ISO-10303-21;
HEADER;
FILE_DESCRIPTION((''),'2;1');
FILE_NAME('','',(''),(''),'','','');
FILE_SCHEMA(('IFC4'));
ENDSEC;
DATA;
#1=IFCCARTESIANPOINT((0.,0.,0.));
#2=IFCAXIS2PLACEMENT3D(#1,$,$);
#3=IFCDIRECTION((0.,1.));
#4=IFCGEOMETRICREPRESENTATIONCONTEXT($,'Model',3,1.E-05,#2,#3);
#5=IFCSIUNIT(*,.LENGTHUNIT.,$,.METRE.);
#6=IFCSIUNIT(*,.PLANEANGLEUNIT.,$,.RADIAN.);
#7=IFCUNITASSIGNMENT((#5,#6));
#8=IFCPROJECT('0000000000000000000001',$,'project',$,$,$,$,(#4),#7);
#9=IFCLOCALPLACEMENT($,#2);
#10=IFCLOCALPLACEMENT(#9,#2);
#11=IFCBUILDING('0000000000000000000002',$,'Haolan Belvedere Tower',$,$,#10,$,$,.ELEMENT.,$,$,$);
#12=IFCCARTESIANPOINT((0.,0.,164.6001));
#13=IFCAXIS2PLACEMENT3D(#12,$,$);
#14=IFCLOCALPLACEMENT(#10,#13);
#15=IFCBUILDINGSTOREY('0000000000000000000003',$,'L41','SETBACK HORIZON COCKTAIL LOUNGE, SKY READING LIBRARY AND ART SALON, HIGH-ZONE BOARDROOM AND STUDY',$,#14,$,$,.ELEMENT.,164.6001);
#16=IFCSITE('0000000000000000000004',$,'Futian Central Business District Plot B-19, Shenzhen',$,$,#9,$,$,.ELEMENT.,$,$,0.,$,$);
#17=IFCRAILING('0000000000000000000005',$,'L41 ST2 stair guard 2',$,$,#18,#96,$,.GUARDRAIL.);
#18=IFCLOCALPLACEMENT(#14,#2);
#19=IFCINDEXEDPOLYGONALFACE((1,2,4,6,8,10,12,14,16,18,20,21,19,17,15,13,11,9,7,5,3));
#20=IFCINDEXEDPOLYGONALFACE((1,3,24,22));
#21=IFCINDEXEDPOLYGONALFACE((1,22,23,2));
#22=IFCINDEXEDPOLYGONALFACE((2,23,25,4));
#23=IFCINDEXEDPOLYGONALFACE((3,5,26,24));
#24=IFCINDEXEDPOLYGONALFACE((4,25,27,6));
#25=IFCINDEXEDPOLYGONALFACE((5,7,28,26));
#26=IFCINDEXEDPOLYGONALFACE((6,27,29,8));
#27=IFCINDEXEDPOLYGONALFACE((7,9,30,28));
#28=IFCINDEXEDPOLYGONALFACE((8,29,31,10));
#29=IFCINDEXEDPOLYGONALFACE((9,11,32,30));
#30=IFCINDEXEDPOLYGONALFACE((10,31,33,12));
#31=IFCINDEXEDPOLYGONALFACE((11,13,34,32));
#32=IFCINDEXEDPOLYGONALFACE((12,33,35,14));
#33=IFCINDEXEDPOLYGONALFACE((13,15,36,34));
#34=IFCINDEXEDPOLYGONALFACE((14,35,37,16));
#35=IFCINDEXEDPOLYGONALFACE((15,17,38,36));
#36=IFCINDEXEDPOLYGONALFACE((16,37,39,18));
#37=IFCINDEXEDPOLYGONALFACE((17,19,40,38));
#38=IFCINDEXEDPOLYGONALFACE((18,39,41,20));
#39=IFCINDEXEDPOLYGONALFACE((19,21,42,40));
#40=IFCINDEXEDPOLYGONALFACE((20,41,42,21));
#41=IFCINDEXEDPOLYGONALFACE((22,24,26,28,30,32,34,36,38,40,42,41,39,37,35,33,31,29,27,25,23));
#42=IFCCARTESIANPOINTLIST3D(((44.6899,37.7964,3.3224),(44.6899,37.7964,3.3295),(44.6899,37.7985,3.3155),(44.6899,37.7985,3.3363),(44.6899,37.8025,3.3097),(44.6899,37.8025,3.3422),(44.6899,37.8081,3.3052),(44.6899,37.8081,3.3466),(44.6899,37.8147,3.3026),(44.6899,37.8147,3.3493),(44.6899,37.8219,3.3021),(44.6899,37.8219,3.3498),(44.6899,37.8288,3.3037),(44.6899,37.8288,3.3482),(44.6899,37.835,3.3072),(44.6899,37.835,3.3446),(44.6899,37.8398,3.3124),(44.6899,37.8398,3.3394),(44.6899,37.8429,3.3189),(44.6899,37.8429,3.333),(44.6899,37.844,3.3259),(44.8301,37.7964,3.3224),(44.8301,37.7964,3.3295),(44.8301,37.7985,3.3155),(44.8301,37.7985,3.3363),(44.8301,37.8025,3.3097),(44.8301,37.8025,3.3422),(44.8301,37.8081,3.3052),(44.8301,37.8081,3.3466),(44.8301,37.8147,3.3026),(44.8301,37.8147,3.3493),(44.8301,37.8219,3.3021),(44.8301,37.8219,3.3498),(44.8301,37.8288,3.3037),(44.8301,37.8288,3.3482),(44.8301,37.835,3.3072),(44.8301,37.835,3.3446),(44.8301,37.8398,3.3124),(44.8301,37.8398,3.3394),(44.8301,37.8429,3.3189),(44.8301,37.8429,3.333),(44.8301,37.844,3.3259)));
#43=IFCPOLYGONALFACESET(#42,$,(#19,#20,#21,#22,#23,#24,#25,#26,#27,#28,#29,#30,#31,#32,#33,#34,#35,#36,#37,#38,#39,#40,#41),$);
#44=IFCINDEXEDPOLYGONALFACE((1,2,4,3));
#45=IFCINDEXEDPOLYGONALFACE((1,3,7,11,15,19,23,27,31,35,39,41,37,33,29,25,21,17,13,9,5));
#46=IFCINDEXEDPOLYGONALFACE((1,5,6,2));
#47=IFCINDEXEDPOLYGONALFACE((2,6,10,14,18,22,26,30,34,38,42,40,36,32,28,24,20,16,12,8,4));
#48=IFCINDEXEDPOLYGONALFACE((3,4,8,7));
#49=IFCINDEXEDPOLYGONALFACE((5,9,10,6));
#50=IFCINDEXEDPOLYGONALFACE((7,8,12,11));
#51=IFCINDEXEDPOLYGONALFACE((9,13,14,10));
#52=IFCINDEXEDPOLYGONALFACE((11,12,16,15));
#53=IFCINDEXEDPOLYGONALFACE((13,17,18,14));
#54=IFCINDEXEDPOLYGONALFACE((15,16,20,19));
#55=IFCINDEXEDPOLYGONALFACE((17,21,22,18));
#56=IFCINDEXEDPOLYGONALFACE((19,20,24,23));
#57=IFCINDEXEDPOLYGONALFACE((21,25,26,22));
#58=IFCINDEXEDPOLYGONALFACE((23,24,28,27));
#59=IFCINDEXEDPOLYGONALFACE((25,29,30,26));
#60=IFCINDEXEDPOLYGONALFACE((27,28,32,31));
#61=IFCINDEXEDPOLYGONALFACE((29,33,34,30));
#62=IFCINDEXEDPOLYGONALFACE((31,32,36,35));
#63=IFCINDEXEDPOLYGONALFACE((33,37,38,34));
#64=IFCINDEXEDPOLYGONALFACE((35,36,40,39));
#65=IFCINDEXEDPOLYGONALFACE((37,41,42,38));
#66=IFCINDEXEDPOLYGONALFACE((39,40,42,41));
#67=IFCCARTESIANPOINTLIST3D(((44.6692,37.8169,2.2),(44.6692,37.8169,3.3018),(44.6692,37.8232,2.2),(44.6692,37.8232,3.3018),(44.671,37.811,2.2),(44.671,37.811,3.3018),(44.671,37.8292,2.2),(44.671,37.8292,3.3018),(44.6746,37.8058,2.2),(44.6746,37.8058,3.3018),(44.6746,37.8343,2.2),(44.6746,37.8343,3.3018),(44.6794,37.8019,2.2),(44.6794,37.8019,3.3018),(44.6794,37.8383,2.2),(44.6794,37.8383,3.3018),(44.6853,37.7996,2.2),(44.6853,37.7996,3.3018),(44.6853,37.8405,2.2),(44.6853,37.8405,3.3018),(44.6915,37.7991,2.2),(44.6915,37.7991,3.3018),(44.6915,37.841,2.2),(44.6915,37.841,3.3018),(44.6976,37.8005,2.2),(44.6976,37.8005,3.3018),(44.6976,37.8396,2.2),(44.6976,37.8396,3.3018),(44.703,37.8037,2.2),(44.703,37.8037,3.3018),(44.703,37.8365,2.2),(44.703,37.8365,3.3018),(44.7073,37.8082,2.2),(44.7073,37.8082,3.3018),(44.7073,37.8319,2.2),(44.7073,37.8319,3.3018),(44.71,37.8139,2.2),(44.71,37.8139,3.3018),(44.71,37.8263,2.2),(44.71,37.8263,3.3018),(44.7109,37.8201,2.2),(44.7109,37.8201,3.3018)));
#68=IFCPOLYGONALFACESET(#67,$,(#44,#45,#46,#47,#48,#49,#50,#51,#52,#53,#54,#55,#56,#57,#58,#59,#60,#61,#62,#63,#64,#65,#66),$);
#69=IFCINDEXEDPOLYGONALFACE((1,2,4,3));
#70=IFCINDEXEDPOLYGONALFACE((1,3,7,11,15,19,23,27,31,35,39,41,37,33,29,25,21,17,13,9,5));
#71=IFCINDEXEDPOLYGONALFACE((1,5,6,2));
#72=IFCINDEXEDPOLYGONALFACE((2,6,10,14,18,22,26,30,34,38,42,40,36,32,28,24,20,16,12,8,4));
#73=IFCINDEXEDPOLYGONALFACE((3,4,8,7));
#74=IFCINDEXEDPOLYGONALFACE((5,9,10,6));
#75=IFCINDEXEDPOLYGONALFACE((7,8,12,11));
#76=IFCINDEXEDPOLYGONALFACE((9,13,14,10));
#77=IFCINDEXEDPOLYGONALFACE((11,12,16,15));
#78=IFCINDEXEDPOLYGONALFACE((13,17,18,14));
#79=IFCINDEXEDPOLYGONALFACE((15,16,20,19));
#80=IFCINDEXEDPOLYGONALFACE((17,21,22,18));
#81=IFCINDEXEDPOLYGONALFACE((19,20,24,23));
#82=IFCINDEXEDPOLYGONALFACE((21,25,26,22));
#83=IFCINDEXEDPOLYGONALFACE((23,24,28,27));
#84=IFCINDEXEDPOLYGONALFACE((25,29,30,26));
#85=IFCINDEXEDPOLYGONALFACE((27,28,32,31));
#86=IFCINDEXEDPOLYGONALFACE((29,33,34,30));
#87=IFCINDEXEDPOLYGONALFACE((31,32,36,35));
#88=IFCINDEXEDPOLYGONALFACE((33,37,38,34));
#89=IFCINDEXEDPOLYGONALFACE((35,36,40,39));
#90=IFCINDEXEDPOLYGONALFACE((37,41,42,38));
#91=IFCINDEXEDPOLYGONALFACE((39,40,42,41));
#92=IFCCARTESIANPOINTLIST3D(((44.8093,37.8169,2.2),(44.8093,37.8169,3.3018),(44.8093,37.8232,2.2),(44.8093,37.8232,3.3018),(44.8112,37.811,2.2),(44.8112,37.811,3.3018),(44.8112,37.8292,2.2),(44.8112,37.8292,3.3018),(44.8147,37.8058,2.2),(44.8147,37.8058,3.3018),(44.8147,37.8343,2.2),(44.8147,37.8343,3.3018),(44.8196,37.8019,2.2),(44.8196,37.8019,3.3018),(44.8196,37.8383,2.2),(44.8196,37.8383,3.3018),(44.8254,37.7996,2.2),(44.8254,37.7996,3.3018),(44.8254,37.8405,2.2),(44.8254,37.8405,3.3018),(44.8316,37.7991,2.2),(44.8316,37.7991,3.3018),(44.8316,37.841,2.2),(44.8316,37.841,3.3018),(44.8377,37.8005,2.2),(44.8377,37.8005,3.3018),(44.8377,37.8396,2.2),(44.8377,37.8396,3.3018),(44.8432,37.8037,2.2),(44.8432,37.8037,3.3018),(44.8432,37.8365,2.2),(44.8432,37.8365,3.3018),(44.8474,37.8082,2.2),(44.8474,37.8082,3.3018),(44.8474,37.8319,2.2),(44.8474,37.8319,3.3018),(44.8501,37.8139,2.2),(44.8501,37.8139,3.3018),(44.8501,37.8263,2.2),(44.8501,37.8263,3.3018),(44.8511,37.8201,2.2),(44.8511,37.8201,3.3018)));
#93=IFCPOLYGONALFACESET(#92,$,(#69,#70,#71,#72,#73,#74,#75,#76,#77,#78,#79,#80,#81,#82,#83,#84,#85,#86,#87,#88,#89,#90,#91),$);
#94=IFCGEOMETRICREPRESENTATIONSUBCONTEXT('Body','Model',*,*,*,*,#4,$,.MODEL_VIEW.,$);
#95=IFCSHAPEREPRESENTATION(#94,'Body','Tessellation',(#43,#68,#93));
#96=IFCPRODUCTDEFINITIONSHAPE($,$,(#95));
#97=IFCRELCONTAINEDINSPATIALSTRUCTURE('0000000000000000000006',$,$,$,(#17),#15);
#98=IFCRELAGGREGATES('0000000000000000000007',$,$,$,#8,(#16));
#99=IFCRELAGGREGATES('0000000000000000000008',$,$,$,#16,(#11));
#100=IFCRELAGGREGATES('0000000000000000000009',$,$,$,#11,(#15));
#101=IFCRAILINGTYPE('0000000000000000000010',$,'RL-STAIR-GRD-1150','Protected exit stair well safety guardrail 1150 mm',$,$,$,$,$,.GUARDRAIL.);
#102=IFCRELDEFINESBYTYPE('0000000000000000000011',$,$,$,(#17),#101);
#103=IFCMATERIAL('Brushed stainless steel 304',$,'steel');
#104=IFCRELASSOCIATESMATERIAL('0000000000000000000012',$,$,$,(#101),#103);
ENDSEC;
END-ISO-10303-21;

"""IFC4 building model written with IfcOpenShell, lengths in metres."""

from ifc_helpers import new_model, si_unit, direction, frame, origin, origin_2d, place, context, subcontext, project, spatial, circle, extrude, material, type_object, element, save


model = new_model("IFC4")

# Units and contexts
model_context = context("Model", 3, precision=1e-05, world=origin(), true_north=direction((0.0, 1.0)))
body_context = subcontext(model_context, "Body", "Model", "MODEL_VIEW")
ifc_project = project(units=[si_unit("LENGTHUNIT", "METRE"), si_unit("PLANEANGLEUNIT", "RADIAN")], contexts=[model_context])

# Site, building, storey
site_placement = place(None, origin())
site = spatial("IfcSite", under=ifc_project, at=site_placement, Name="Futian Central Business District Plot B-19, Shenzhen", CompositionType="ELEMENT", RefElevation=0.0)
building_placement = place(site_placement, origin())
building = spatial("IfcBuilding", under=site, at=building_placement, Name="Haolan Belvedere Tower", CompositionType="ELEMENT")
storey_placement = place(building_placement, frame((0.0, 0.0, 164.6001)))
storey = spatial("IfcBuildingStorey", under=building, at=storey_placement, Name="L41", Description="SETBACK HORIZON COCKTAIL LOUNGE, SKY READING LIBRARY AND ART SALON, HIGH-ZONE BOARDROOM AND STUDY", CompositionType="ELEMENT", Elevation=164.6001)

# Railing
ifc_material_1 = material(Name="Brushed stainless steel 304", Category="steel")
railing_type_1 = type_object("IfcRailingType", Name="RL-STAIR-GRD-1150", Description="Protected exit stair well safety guardrail 1150 mm", PredefinedType="GUARDRAIL", material=ifc_material_1)
railing_1_placement = place(storey_placement, frame((44.6899, 37.8201, 2.2)))
element("IfcRailing", 1, at=railing_1_placement, inside=storey, type_object=railing_type_1, Name="L41 ST2 stair guard 2", PredefinedType="GUARDRAIL", context=body_context, shape_type="SweptSolid", body=[
    extrude(circle(Radius=0.0239, at=origin_2d()), frame((0.0, 0.0, 1.126), z_axis=(1.0, 0.0, 0.0), x_axis=(0.0, 1.0, 0.0)), (0.0, 0.0, 1.0), 0.1401),
    extrude(circle(Radius=0.021, at=origin_2d()), origin(), (0.0, 0.0, 1.0), 1.1018),
    extrude(circle(Radius=0.021, at=origin_2d()), frame((0.1401, 0.0, 0.0)), (0.0, 0.0, 1.0), 1.1018),
])

save(model, "model.ifc")
